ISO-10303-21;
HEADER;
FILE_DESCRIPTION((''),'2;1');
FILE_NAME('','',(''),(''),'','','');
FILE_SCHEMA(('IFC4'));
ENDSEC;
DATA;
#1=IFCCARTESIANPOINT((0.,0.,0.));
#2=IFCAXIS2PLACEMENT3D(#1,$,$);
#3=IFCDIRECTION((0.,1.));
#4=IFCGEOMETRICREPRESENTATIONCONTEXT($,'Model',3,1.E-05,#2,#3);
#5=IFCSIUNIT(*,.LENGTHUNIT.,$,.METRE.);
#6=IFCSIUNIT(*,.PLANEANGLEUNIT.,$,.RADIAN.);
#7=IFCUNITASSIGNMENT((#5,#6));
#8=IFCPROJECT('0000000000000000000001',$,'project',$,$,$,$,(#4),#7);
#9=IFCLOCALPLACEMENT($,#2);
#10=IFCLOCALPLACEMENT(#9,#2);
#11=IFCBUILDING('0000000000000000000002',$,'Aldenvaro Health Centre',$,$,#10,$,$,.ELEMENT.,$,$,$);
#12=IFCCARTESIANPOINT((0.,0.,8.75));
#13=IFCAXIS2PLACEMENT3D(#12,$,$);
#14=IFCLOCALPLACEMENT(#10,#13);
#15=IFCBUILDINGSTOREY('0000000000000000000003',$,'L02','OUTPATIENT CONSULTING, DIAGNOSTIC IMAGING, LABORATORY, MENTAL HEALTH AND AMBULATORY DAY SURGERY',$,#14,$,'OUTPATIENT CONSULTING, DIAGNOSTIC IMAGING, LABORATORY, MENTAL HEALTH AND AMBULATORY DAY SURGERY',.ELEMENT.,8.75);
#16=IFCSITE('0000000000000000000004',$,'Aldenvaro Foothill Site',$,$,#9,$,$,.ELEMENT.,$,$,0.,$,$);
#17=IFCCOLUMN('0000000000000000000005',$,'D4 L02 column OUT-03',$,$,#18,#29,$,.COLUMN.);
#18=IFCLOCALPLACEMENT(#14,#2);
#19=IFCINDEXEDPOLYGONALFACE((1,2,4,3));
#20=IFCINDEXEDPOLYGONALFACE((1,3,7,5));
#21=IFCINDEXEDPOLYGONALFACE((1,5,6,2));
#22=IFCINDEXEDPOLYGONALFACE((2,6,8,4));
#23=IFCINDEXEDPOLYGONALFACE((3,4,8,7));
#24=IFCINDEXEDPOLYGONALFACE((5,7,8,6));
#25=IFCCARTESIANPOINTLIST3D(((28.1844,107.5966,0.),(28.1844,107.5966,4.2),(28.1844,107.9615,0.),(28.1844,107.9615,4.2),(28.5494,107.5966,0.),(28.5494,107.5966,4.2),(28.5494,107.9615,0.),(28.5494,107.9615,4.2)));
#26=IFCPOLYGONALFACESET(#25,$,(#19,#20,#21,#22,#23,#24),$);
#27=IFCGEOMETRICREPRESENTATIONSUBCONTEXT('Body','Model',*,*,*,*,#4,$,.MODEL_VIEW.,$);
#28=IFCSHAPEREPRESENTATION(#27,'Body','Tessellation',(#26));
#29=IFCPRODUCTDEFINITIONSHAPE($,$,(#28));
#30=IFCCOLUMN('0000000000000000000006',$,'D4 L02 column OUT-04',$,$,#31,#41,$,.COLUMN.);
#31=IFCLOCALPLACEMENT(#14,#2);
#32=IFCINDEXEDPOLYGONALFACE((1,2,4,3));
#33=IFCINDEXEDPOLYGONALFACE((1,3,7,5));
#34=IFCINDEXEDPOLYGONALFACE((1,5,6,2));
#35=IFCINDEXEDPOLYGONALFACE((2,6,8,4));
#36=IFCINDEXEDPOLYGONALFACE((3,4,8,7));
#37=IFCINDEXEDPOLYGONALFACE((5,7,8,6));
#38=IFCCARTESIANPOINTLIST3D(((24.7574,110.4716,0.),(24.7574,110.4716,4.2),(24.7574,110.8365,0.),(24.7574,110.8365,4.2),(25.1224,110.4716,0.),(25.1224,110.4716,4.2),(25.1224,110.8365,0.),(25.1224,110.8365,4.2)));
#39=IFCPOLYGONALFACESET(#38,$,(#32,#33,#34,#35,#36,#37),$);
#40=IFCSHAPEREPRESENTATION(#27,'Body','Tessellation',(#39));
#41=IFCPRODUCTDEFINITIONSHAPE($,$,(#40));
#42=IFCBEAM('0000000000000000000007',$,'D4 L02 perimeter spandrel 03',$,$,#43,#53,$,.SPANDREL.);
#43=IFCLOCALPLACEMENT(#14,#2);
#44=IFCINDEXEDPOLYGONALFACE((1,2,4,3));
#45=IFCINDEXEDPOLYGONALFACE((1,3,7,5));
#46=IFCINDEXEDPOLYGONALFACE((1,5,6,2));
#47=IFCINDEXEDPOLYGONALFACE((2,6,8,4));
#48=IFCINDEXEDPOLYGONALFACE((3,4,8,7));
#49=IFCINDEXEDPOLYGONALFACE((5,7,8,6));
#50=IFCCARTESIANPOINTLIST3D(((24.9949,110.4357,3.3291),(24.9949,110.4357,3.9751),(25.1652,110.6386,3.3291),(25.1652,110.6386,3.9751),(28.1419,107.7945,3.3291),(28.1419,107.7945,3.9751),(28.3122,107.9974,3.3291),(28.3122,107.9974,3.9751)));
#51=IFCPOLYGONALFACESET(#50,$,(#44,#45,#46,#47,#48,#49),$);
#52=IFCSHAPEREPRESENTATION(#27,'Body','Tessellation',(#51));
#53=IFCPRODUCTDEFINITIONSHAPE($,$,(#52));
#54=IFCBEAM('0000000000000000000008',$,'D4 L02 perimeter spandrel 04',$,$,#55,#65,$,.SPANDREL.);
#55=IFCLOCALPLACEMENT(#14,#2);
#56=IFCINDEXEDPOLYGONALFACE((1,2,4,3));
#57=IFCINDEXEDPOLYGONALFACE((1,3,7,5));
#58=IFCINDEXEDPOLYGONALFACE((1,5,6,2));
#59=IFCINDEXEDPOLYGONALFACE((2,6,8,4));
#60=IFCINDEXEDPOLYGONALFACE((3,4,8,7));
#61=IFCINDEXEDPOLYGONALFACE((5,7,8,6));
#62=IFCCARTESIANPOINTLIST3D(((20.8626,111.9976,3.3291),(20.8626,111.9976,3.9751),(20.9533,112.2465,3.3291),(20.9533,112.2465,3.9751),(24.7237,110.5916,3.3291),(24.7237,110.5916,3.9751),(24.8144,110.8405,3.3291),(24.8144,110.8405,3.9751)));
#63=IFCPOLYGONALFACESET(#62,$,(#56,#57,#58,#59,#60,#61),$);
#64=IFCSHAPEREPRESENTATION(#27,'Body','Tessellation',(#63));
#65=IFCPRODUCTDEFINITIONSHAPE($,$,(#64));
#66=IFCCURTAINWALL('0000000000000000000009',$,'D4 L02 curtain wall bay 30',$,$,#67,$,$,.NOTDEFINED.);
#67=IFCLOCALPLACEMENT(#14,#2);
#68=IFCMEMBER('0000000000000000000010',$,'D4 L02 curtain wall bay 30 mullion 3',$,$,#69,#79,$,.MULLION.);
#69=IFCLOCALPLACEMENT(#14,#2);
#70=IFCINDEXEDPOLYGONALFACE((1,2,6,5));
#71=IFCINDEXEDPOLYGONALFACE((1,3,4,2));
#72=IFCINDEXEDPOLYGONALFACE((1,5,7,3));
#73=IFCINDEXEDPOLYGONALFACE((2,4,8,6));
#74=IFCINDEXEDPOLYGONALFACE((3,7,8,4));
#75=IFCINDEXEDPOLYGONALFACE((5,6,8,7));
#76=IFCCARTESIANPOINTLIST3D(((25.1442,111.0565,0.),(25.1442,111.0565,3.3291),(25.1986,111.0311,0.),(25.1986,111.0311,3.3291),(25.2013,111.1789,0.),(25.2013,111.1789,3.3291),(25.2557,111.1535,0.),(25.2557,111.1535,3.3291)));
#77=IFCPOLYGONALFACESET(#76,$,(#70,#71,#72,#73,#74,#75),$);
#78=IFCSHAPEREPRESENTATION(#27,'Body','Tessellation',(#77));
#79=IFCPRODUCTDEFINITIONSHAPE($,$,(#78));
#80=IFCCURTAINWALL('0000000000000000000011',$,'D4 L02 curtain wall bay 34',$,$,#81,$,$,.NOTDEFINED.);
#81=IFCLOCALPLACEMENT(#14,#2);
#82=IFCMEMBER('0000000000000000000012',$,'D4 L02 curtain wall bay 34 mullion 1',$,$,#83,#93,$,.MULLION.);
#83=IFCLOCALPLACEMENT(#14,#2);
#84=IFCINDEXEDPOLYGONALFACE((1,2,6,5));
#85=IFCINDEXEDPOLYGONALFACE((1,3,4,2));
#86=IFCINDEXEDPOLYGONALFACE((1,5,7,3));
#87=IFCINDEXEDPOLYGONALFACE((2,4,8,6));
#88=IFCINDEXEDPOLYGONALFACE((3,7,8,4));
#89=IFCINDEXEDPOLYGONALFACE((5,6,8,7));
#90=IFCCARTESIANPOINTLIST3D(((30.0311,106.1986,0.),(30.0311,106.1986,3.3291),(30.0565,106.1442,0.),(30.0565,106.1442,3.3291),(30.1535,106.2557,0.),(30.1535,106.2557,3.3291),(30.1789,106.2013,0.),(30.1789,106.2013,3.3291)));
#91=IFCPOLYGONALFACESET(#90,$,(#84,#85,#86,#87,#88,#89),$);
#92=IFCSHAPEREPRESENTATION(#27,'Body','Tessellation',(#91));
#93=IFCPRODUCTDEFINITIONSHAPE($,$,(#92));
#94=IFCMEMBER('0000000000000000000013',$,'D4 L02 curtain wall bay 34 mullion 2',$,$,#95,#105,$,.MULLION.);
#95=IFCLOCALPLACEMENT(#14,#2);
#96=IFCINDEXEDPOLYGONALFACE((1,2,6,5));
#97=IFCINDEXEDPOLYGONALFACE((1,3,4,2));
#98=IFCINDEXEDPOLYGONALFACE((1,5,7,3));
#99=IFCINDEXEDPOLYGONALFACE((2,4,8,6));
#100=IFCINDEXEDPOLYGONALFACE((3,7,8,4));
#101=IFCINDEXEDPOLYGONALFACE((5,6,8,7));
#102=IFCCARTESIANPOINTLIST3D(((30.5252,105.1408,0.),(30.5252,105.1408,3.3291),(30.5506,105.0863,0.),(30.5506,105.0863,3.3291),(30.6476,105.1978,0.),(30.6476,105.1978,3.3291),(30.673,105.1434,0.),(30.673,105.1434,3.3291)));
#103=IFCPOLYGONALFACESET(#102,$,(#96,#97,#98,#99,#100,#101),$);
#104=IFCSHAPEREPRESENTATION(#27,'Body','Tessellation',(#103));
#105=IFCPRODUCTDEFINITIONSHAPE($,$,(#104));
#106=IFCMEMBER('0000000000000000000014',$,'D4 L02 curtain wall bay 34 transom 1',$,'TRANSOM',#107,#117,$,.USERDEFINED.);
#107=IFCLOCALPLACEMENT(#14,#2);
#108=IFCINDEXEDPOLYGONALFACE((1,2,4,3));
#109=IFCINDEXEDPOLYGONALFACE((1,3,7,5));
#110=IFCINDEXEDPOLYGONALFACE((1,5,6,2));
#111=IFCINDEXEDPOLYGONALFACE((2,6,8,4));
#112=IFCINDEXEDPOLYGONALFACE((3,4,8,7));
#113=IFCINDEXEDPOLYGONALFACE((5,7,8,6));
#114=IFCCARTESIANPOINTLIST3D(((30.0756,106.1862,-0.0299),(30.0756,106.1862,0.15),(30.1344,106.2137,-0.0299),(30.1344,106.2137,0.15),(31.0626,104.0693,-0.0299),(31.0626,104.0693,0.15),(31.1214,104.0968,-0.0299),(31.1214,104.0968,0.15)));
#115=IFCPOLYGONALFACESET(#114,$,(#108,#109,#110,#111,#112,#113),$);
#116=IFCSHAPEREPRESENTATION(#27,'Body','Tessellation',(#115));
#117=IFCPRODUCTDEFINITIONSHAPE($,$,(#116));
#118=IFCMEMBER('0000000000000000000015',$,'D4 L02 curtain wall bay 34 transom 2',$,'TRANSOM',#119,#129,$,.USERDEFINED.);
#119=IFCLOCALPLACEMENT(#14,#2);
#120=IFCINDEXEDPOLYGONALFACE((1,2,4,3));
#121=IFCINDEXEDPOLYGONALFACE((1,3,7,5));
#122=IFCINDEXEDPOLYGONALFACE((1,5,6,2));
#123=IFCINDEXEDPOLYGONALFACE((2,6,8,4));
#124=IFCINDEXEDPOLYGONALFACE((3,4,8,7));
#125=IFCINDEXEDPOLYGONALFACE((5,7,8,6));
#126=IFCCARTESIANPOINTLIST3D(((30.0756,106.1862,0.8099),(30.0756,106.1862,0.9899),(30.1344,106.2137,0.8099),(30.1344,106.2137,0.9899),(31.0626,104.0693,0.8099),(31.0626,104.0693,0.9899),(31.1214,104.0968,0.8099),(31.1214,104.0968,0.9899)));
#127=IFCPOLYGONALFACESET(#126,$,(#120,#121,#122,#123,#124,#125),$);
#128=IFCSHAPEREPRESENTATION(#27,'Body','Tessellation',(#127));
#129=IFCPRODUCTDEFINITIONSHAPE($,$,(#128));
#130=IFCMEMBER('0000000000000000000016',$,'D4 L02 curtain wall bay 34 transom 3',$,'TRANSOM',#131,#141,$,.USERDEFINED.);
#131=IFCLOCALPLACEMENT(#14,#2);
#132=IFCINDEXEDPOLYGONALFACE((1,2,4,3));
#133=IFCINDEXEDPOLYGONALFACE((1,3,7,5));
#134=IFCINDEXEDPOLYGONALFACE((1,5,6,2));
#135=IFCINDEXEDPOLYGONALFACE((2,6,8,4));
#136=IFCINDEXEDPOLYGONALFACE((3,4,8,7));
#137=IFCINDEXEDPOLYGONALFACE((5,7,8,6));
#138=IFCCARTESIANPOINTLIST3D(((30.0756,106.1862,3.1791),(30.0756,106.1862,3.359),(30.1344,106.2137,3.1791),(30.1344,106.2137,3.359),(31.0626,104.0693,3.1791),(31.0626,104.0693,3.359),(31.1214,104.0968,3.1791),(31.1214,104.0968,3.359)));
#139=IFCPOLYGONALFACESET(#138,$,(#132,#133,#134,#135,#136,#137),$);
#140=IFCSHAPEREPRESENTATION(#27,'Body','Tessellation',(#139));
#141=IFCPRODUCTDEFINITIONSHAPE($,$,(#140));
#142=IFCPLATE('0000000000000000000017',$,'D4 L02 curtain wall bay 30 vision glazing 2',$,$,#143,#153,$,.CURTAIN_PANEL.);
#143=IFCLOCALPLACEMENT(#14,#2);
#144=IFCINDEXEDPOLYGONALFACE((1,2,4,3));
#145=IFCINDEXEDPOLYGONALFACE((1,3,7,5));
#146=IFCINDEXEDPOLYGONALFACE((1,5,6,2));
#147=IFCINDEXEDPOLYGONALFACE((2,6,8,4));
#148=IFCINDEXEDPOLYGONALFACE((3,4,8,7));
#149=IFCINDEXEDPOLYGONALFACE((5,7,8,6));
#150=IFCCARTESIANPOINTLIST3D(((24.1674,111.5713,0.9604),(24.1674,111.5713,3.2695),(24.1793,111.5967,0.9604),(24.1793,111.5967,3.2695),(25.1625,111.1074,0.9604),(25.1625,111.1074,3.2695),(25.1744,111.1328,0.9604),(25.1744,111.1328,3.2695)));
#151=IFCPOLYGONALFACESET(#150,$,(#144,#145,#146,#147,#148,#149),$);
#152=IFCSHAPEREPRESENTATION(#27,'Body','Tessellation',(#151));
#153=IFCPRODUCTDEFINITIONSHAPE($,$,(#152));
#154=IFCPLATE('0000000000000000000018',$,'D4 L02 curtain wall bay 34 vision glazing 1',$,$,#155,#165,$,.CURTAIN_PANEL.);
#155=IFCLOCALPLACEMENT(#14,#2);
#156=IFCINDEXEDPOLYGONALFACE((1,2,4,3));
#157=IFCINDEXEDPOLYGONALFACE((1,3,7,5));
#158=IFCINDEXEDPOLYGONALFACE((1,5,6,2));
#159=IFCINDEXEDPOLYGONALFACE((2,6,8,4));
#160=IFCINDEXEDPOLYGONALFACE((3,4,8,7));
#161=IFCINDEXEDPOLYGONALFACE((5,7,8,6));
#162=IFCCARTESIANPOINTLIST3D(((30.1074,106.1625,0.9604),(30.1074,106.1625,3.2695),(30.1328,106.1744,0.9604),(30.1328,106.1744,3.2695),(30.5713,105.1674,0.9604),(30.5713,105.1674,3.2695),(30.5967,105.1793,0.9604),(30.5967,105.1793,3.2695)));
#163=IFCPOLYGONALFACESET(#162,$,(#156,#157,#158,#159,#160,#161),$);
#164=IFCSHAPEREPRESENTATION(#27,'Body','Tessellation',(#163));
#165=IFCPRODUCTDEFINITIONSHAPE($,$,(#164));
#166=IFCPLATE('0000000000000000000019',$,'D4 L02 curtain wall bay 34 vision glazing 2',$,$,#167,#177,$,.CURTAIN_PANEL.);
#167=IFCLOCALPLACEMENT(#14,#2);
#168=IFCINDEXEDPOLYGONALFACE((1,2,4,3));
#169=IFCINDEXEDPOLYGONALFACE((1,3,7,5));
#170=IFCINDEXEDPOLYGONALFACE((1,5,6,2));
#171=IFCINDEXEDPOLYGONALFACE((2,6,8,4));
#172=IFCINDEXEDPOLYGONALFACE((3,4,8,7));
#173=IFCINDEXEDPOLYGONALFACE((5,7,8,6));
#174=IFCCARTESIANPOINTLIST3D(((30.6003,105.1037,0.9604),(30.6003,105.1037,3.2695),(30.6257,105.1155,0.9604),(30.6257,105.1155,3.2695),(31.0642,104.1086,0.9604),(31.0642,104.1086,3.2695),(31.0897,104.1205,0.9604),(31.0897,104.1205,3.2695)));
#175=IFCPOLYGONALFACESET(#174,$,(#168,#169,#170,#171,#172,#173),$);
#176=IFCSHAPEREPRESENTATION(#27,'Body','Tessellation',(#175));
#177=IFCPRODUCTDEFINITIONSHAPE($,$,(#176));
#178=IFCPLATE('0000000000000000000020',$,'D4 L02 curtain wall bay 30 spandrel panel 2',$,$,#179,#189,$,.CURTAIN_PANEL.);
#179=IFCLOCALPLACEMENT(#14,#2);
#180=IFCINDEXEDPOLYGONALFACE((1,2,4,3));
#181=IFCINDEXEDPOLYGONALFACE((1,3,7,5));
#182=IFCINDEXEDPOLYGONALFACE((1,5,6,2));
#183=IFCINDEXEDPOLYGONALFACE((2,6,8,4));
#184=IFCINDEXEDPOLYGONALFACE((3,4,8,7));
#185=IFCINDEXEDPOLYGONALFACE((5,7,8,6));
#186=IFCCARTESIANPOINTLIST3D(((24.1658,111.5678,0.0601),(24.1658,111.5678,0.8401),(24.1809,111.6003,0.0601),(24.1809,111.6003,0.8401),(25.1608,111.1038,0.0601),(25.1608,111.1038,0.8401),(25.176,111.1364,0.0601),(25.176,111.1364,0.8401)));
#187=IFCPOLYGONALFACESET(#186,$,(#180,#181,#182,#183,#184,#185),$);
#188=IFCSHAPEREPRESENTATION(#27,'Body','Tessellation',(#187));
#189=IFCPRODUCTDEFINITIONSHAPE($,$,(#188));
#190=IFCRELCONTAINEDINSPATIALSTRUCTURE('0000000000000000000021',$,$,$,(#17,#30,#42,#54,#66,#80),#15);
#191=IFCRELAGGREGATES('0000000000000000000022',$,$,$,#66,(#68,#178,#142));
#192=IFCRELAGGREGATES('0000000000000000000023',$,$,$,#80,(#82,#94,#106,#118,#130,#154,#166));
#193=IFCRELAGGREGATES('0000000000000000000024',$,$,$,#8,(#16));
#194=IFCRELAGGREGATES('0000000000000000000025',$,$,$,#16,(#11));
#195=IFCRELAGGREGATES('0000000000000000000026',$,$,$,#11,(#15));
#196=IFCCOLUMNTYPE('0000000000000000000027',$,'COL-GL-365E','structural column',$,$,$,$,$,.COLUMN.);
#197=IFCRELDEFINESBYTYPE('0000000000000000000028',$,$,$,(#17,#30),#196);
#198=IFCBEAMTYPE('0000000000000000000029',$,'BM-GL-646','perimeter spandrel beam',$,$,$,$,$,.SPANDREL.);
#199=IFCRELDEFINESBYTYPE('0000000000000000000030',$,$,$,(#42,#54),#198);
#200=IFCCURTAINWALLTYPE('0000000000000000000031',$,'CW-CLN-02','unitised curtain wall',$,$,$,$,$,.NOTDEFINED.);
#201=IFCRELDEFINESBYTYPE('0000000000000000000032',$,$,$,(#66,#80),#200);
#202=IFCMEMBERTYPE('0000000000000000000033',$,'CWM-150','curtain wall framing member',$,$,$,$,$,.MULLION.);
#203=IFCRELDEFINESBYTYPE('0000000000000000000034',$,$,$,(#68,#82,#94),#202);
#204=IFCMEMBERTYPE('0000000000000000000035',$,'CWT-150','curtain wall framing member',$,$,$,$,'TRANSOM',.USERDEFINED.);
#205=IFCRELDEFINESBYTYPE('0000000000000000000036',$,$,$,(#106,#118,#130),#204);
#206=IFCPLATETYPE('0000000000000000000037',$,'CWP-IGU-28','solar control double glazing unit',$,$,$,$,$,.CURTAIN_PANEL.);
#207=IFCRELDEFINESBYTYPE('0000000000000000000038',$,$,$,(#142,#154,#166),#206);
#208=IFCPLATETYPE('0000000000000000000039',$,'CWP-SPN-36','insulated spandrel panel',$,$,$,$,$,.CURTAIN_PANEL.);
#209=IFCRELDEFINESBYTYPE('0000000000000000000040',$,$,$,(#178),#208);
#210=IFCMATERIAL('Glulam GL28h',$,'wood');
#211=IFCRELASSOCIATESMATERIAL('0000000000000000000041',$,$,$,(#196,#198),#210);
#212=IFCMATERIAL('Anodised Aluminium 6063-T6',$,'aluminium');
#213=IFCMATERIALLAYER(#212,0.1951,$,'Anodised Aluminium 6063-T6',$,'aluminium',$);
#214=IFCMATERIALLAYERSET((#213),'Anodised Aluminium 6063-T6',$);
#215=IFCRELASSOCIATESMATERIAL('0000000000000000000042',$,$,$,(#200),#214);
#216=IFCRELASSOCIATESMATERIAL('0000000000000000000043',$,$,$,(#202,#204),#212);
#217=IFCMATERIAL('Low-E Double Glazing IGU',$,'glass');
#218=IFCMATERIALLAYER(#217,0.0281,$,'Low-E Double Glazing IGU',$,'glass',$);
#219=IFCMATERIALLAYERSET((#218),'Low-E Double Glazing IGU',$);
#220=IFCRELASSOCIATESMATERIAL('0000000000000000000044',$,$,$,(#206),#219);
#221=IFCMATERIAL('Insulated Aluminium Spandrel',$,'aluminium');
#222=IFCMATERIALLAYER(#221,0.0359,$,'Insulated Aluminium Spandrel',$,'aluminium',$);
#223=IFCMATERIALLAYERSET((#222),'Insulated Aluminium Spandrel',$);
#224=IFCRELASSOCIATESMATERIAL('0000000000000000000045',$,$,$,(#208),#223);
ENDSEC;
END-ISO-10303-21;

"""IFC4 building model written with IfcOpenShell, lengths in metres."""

from ifc_helpers import new_model, si_unit, direction, frame, origin, origin_2d, place, context, subcontext, project, spatial, rectangle, extrude, material, layer, layer_set, material_profile, profile_set, type_object, element, aggregate, save


model = new_model("IFC4")

# Units and contexts
model_context = context("Model", 3, precision=1e-05, world=origin(), true_north=direction((0.0, 1.0)))
body_context = subcontext(model_context, "Body", "Model", "MODEL_VIEW")
ifc_project = project(units=[si_unit("LENGTHUNIT", "METRE"), si_unit("PLANEANGLEUNIT", "RADIAN")], contexts=[model_context])

# Site, building, storey
site_placement = place(None, origin())
site = spatial("IfcSite", under=ifc_project, at=site_placement, Name="Aldenvaro Foothill Site", CompositionType="ELEMENT", RefElevation=0.0)
building_placement = place(site_placement, origin())
building = spatial("IfcBuilding", under=site, at=building_placement, Name="Aldenvaro Health Centre", CompositionType="ELEMENT")
storey_placement = place(building_placement, frame((0.0, 0.0, 8.75)))
storey = spatial("IfcBuildingStorey", under=building, at=storey_placement, Name="L02", Description="OUTPATIENT CONSULTING, DIAGNOSTIC IMAGING, LABORATORY, MENTAL HEALTH AND AMBULATORY DAY SURGERY", LongName="OUTPATIENT CONSULTING, DIAGNOSTIC IMAGING, LABORATORY, MENTAL HEALTH AND AMBULATORY DAY SURGERY", CompositionType="ELEMENT", Elevation=8.75)

# Columns
ifc_material_1 = material(Name="Glulam GL28h", Category="wood")
ifc_material_profile_1 = material_profile(ifc_material_1, rectangle(XDim=0.365, YDim=0.365, at=origin_2d()), Name="GL 365x365", Category="wood")
ifc_profile_set_1 = profile_set([ifc_material_profile_1], Name="Glulam GL28h")
column_type = type_object("IfcColumnType", Name="COL-GL-365E", Description="structural column", PredefinedType="COLUMN", material=ifc_profile_set_1)
for number, where, z_axis, x_axis, name in (
    (1, (28.3669, 107.7791, 0.0), (0.0, 0.0, 1.0), (1.0, 0.0, 0.0), "D4 L02 column OUT-03"),
    (2, (24.9399, 110.6541, 0.0), (0.0, 0.0, 1.0), (1.0, 0.0, 0.0), "D4 L02 column OUT-04"),
):
    element("IfcColumn", number, at=place(storey_placement, frame(where, z_axis=z_axis, x_axis=x_axis)), inside=storey, type_object=column_type, Name=name, PredefinedType="COLUMN", context=body_context, shape_type="SweptSolid", body=[
        extrude(rectangle(XDim=0.365, YDim=0.365, at=origin_2d()), origin(), (0.0, 0.0, 1.0), 4.2),
    ])

# Beams
ifc_material_profile_2 = material_profile(ifc_material_1, rectangle(XDim=0.2649, YDim=0.646, at=origin_2d()), Name="GL 265x646", Category="wood")
ifc_profile_set_2 = profile_set([ifc_material_profile_2], Name="Glulam GL28h")
beam_type = type_object("IfcBeamType", Name="BM-GL-646", Description="perimeter spandrel beam", PredefinedType="SPANDREL", material=ifc_profile_set_2)
beam_1_placement = place(storey_placement, frame((28.2271, 107.896, 3.6521), z_axis=(-0.765986, 0.642858, 0.0), x_axis=(-0.642858, -0.765986, 0.0)))
element("IfcBeam", 3, at=beam_1_placement, inside=storey, type_object=beam_type, Name="D4 L02 perimeter spandrel 03", PredefinedType="SPANDREL", context=body_context, shape_type="SweptSolid", body=[
    extrude(rectangle(XDim=0.2649, YDim=0.646, at=origin_2d()), origin(), (0.0, 0.0, 1.0), 4.1084),
])
beam_2_placement = place(storey_placement, frame((24.769, 110.7161, 3.6521), z_axis=(-0.939639, 0.342168, 0.0), x_axis=(-0.342168, -0.939639, 0.0)))
element("IfcBeam", 4, at=beam_2_placement, inside=storey, type_object=beam_type, Name="D4 L02 perimeter spandrel 04", PredefinedType="SPANDREL", context=body_context, shape_type="SweptSolid", body=[
    extrude(rectangle(XDim=0.2649, YDim=0.646, at=origin_2d()), origin(), (0.0, 0.0, 1.0), 4.1091),
])

# Curtain wall, member
ifc_material_2 = material(Name="Anodised Aluminium 6063-T6", Category="aluminium")
ifc_layer_1 = layer(ifc_material_2, 0.1951, Name="Anodised Aluminium 6063-T6", Category="aluminium")
ifc_layer_set_1 = layer_set([ifc_layer_1], Name="Anodised Aluminium 6063-T6")
curtain_wall_type = type_object("IfcCurtainWallType", Name="CW-CLN-02", Description="unitised curtain wall", PredefinedType="NOTDEFINED", material=ifc_layer_set_1)
curtain_wall_1_placement = place(storey_placement, origin())
curtain_wall_1 = element("IfcCurtainWall", 5, at=curtain_wall_1_placement, inside=storey, type_object=curtain_wall_type, Name="D4 L02 curtain wall bay 30", PredefinedType="NOTDEFINED")
ifc_material_profile_3 = material_profile(ifc_material_2, rectangle(XDim=0.0601, YDim=0.135, at=origin_2d()), Name="ALU 60x135", Category="aluminium")
ifc_profile_set_3 = profile_set([ifc_material_profile_3], Name="Anodised Aluminium 6063-T6")
member_type_1 = type_object("IfcMemberType", Name="CWM-150", Description="curtain wall framing member", PredefinedType="MULLION", material=ifc_profile_set_3)
member_1_placement = place(storey_placement, frame((25.2, 111.105, 0.0), z_axis=(0.0, 0.0, 1.0), x_axis=(0.906336, -0.422557, 0.0)))
member_1 = element("IfcMember", 6, at=member_1_placement, type_object=member_type_1, Name="D4 L02 curtain wall bay 30 mullion 3", PredefinedType="MULLION", context=body_context, shape_type="SweptSolid", body=[
    extrude(rectangle(XDim=0.0601, YDim=0.135, at=origin_2d()), origin(), (0.0, 0.0, 1.0), 3.3291),
])

# Curtain wall, members
curtain_wall_2_placement = place(storey_placement, origin())
curtain_wall_2 = element("IfcCurtainWall", 7, at=curtain_wall_2_placement, inside=storey, type_object=curtain_wall_type, Name="D4 L02 curtain wall bay 34", PredefinedType="NOTDEFINED")
member_2_placement = place(storey_placement, frame((30.105, 106.2, 0.0), z_axis=(0.0, 0.0, 1.0), x_axis=(0.422557, -0.906336, 0.0)))
member_2 = element("IfcMember", 8, at=member_2_placement, type_object=member_type_1, Name="D4 L02 curtain wall bay 34 mullion 1", PredefinedType="MULLION", context=body_context, shape_type="SweptSolid", body=[
    extrude(rectangle(XDim=0.0601, YDim=0.135, at=origin_2d()), origin(), (0.0, 0.0, 1.0), 3.3291),
])
member_3_placement = place(storey_placement, frame((30.5991, 105.1421, 0.0), z_axis=(0.0, 0.0, 1.0), x_axis=(0.422557, -0.906336, 0.0)))
member_3 = element("IfcMember", 9, at=member_3_placement, type_object=member_type_1, Name="D4 L02 curtain wall bay 34 mullion 2", PredefinedType="MULLION", context=body_context, shape_type="SweptSolid", body=[
    extrude(rectangle(XDim=0.0601, YDim=0.135, at=origin_2d()), origin(), (0.0, 0.0, 1.0), 3.3291),
])
ifc_material_profile_4 = material_profile(ifc_material_2, rectangle(XDim=0.0649, YDim=0.1799, at=origin_2d()), Name="ALU 65x180", Category="aluminium")
ifc_profile_set_4 = profile_set([ifc_material_profile_4], Name="Anodised Aluminium 6063-T6")
member_type_2 = type_object("IfcMemberType", Name="CWT-150", Description="curtain wall framing member", ElementType="TRANSOM", PredefinedType="USERDEFINED", material=ifc_profile_set_4)
member_4_placement = place(storey_placement, frame((30.105, 106.2, 0.0601), z_axis=(0.422588, -0.906322, 0.0), x_axis=(0.906322, 0.422588, 0.0)))
member_4 = element("IfcMember", 10, at=member_4_placement, type_object=member_type_2, Name="D4 L02 curtain wall bay 34 transom 1", ObjectType="TRANSOM", PredefinedType="USERDEFINED", context=body_context, shape_type="SweptSolid", body=[
    extrude(rectangle(XDim=0.0649, YDim=0.1799, at=origin_2d()), origin(), (0.0, 0.0, 1.0), 2.3357),
])
member_5_placement = place(storey_placement, frame((30.105, 106.2, 0.8999), z_axis=(0.422588, -0.906322, 0.0), x_axis=(0.906322, 0.422588, 0.0)))
member_5 = element("IfcMember", 11, at=member_5_placement, type_object=member_type_2, Name="D4 L02 curtain wall bay 34 transom 2", ObjectType="TRANSOM", PredefinedType="USERDEFINED", context=body_context, shape_type="SweptSolid", body=[
    extrude(rectangle(XDim=0.0649, YDim=0.1799, at=origin_2d()), origin(), (0.0, 0.0, 1.0), 2.3357),
])
member_6_placement = place(storey_placement, frame((30.105, 106.2, 3.269), z_axis=(0.422588, -0.906322, 0.0), x_axis=(0.906322, 0.422588, 0.0)))
member_6 = element("IfcMember", 12, at=member_6_placement, type_object=member_type_2, Name="D4 L02 curtain wall bay 34 transom 3", ObjectType="TRANSOM", PredefinedType="USERDEFINED", context=body_context, shape_type="SweptSolid", body=[
    extrude(rectangle(XDim=0.0649, YDim=0.1799, at=origin_2d()), origin(), (0.0, 0.0, 1.0), 2.3357),
])

# Plates
ifc_material_3 = material(Name="Low-E Double Glazing IGU", Category="glass")
ifc_layer_2 = layer(ifc_material_3, 0.0281, Name="Low-E Double Glazing IGU", Category="glass")
ifc_layer_set_2 = layer_set([ifc_layer_2], Name="Low-E Double Glazing IGU")
plate_type_1 = type_object("IfcPlateType", Name="CWP-IGU-28", Description="solar control double glazing unit", PredefinedType="CURTAIN_PANEL", material=ifc_layer_set_2)
plate_1_placement = place(storey_placement, frame((24.6709, 111.3521, 0.9604), z_axis=(0.0, 0.0, 1.0), x_axis=(0.906336, -0.422557, 0.0)))
plate_1 = element("IfcPlate", 13, at=plate_1_placement, type_object=plate_type_1, Name="D4 L02 curtain wall bay 30 vision glazing 2", PredefinedType="CURTAIN_PANEL", context=body_context, shape_type="SweptSolid", body=[
    extrude(rectangle(XDim=1.0979, YDim=0.0281, at=origin_2d()), origin(), (0.0, 0.0, 1.0), 2.3091),
])
plate_2_placement = place(storey_placement, frame((30.3521, 105.6709, 0.9604), z_axis=(0.0, 0.0, 1.0), x_axis=(0.422557, -0.906336, 0.0)))
plate_2 = element("IfcPlate", 14, at=plate_2_placement, type_object=plate_type_1, Name="D4 L02 curtain wall bay 34 vision glazing 1", PredefinedType="CURTAIN_PANEL", context=body_context, shape_type="SweptSolid", body=[
    extrude(rectangle(XDim=1.0979, YDim=0.0281, at=origin_2d()), origin(), (0.0, 0.0, 1.0), 2.3091),
])
plate_3_placement = place(storey_placement, frame((30.845, 104.6121, 0.9604), z_axis=(0.0, 0.0, 1.0), x_axis=(0.422557, -0.906336, 0.0)))
plate_3 = element("IfcPlate", 15, at=plate_3_placement, type_object=plate_type_1, Name="D4 L02 curtain wall bay 34 vision glazing 2", PredefinedType="CURTAIN_PANEL", context=body_context, shape_type="SweptSolid", body=[
    extrude(rectangle(XDim=1.0979, YDim=0.0281, at=origin_2d()), origin(), (0.0, 0.0, 1.0), 2.3091),
])
ifc_material_4 = material(Name="Insulated Aluminium Spandrel", Category="aluminium")
ifc_layer_3 = layer(ifc_material_4, 0.0359, Name="Insulated Aluminium Spandrel", Category="aluminium")
ifc_layer_set_3 = layer_set([ifc_layer_3], Name="Insulated Aluminium Spandrel")
plate_type_2 = type_object("IfcPlateType", Name="CWP-SPN-36", Description="insulated spandrel panel", PredefinedType="CURTAIN_PANEL", material=ifc_layer_set_3)
plate_4_placement = place(storey_placement, frame((24.6709, 111.3521, 0.0601), z_axis=(0.0, 0.0, 1.0), x_axis=(0.906336, -0.422557, 0.0)))
plate_4 = element("IfcPlate", 16, at=plate_4_placement, type_object=plate_type_2, Name="D4 L02 curtain wall bay 30 spandrel panel 2", PredefinedType="CURTAIN_PANEL", context=body_context, shape_type="SweptSolid", body=[
    extrude(rectangle(XDim=1.0979, YDim=0.0359, at=origin_2d()), origin(), (0.0, 0.0, 1.0), 0.78),
])
aggregate(curtain_wall_1, [member_1, plate_4, plate_1])
aggregate(curtain_wall_2, [member_2, member_3, member_4, member_5, member_6, plate_2, plate_3])

save(model, "model.ifc")
